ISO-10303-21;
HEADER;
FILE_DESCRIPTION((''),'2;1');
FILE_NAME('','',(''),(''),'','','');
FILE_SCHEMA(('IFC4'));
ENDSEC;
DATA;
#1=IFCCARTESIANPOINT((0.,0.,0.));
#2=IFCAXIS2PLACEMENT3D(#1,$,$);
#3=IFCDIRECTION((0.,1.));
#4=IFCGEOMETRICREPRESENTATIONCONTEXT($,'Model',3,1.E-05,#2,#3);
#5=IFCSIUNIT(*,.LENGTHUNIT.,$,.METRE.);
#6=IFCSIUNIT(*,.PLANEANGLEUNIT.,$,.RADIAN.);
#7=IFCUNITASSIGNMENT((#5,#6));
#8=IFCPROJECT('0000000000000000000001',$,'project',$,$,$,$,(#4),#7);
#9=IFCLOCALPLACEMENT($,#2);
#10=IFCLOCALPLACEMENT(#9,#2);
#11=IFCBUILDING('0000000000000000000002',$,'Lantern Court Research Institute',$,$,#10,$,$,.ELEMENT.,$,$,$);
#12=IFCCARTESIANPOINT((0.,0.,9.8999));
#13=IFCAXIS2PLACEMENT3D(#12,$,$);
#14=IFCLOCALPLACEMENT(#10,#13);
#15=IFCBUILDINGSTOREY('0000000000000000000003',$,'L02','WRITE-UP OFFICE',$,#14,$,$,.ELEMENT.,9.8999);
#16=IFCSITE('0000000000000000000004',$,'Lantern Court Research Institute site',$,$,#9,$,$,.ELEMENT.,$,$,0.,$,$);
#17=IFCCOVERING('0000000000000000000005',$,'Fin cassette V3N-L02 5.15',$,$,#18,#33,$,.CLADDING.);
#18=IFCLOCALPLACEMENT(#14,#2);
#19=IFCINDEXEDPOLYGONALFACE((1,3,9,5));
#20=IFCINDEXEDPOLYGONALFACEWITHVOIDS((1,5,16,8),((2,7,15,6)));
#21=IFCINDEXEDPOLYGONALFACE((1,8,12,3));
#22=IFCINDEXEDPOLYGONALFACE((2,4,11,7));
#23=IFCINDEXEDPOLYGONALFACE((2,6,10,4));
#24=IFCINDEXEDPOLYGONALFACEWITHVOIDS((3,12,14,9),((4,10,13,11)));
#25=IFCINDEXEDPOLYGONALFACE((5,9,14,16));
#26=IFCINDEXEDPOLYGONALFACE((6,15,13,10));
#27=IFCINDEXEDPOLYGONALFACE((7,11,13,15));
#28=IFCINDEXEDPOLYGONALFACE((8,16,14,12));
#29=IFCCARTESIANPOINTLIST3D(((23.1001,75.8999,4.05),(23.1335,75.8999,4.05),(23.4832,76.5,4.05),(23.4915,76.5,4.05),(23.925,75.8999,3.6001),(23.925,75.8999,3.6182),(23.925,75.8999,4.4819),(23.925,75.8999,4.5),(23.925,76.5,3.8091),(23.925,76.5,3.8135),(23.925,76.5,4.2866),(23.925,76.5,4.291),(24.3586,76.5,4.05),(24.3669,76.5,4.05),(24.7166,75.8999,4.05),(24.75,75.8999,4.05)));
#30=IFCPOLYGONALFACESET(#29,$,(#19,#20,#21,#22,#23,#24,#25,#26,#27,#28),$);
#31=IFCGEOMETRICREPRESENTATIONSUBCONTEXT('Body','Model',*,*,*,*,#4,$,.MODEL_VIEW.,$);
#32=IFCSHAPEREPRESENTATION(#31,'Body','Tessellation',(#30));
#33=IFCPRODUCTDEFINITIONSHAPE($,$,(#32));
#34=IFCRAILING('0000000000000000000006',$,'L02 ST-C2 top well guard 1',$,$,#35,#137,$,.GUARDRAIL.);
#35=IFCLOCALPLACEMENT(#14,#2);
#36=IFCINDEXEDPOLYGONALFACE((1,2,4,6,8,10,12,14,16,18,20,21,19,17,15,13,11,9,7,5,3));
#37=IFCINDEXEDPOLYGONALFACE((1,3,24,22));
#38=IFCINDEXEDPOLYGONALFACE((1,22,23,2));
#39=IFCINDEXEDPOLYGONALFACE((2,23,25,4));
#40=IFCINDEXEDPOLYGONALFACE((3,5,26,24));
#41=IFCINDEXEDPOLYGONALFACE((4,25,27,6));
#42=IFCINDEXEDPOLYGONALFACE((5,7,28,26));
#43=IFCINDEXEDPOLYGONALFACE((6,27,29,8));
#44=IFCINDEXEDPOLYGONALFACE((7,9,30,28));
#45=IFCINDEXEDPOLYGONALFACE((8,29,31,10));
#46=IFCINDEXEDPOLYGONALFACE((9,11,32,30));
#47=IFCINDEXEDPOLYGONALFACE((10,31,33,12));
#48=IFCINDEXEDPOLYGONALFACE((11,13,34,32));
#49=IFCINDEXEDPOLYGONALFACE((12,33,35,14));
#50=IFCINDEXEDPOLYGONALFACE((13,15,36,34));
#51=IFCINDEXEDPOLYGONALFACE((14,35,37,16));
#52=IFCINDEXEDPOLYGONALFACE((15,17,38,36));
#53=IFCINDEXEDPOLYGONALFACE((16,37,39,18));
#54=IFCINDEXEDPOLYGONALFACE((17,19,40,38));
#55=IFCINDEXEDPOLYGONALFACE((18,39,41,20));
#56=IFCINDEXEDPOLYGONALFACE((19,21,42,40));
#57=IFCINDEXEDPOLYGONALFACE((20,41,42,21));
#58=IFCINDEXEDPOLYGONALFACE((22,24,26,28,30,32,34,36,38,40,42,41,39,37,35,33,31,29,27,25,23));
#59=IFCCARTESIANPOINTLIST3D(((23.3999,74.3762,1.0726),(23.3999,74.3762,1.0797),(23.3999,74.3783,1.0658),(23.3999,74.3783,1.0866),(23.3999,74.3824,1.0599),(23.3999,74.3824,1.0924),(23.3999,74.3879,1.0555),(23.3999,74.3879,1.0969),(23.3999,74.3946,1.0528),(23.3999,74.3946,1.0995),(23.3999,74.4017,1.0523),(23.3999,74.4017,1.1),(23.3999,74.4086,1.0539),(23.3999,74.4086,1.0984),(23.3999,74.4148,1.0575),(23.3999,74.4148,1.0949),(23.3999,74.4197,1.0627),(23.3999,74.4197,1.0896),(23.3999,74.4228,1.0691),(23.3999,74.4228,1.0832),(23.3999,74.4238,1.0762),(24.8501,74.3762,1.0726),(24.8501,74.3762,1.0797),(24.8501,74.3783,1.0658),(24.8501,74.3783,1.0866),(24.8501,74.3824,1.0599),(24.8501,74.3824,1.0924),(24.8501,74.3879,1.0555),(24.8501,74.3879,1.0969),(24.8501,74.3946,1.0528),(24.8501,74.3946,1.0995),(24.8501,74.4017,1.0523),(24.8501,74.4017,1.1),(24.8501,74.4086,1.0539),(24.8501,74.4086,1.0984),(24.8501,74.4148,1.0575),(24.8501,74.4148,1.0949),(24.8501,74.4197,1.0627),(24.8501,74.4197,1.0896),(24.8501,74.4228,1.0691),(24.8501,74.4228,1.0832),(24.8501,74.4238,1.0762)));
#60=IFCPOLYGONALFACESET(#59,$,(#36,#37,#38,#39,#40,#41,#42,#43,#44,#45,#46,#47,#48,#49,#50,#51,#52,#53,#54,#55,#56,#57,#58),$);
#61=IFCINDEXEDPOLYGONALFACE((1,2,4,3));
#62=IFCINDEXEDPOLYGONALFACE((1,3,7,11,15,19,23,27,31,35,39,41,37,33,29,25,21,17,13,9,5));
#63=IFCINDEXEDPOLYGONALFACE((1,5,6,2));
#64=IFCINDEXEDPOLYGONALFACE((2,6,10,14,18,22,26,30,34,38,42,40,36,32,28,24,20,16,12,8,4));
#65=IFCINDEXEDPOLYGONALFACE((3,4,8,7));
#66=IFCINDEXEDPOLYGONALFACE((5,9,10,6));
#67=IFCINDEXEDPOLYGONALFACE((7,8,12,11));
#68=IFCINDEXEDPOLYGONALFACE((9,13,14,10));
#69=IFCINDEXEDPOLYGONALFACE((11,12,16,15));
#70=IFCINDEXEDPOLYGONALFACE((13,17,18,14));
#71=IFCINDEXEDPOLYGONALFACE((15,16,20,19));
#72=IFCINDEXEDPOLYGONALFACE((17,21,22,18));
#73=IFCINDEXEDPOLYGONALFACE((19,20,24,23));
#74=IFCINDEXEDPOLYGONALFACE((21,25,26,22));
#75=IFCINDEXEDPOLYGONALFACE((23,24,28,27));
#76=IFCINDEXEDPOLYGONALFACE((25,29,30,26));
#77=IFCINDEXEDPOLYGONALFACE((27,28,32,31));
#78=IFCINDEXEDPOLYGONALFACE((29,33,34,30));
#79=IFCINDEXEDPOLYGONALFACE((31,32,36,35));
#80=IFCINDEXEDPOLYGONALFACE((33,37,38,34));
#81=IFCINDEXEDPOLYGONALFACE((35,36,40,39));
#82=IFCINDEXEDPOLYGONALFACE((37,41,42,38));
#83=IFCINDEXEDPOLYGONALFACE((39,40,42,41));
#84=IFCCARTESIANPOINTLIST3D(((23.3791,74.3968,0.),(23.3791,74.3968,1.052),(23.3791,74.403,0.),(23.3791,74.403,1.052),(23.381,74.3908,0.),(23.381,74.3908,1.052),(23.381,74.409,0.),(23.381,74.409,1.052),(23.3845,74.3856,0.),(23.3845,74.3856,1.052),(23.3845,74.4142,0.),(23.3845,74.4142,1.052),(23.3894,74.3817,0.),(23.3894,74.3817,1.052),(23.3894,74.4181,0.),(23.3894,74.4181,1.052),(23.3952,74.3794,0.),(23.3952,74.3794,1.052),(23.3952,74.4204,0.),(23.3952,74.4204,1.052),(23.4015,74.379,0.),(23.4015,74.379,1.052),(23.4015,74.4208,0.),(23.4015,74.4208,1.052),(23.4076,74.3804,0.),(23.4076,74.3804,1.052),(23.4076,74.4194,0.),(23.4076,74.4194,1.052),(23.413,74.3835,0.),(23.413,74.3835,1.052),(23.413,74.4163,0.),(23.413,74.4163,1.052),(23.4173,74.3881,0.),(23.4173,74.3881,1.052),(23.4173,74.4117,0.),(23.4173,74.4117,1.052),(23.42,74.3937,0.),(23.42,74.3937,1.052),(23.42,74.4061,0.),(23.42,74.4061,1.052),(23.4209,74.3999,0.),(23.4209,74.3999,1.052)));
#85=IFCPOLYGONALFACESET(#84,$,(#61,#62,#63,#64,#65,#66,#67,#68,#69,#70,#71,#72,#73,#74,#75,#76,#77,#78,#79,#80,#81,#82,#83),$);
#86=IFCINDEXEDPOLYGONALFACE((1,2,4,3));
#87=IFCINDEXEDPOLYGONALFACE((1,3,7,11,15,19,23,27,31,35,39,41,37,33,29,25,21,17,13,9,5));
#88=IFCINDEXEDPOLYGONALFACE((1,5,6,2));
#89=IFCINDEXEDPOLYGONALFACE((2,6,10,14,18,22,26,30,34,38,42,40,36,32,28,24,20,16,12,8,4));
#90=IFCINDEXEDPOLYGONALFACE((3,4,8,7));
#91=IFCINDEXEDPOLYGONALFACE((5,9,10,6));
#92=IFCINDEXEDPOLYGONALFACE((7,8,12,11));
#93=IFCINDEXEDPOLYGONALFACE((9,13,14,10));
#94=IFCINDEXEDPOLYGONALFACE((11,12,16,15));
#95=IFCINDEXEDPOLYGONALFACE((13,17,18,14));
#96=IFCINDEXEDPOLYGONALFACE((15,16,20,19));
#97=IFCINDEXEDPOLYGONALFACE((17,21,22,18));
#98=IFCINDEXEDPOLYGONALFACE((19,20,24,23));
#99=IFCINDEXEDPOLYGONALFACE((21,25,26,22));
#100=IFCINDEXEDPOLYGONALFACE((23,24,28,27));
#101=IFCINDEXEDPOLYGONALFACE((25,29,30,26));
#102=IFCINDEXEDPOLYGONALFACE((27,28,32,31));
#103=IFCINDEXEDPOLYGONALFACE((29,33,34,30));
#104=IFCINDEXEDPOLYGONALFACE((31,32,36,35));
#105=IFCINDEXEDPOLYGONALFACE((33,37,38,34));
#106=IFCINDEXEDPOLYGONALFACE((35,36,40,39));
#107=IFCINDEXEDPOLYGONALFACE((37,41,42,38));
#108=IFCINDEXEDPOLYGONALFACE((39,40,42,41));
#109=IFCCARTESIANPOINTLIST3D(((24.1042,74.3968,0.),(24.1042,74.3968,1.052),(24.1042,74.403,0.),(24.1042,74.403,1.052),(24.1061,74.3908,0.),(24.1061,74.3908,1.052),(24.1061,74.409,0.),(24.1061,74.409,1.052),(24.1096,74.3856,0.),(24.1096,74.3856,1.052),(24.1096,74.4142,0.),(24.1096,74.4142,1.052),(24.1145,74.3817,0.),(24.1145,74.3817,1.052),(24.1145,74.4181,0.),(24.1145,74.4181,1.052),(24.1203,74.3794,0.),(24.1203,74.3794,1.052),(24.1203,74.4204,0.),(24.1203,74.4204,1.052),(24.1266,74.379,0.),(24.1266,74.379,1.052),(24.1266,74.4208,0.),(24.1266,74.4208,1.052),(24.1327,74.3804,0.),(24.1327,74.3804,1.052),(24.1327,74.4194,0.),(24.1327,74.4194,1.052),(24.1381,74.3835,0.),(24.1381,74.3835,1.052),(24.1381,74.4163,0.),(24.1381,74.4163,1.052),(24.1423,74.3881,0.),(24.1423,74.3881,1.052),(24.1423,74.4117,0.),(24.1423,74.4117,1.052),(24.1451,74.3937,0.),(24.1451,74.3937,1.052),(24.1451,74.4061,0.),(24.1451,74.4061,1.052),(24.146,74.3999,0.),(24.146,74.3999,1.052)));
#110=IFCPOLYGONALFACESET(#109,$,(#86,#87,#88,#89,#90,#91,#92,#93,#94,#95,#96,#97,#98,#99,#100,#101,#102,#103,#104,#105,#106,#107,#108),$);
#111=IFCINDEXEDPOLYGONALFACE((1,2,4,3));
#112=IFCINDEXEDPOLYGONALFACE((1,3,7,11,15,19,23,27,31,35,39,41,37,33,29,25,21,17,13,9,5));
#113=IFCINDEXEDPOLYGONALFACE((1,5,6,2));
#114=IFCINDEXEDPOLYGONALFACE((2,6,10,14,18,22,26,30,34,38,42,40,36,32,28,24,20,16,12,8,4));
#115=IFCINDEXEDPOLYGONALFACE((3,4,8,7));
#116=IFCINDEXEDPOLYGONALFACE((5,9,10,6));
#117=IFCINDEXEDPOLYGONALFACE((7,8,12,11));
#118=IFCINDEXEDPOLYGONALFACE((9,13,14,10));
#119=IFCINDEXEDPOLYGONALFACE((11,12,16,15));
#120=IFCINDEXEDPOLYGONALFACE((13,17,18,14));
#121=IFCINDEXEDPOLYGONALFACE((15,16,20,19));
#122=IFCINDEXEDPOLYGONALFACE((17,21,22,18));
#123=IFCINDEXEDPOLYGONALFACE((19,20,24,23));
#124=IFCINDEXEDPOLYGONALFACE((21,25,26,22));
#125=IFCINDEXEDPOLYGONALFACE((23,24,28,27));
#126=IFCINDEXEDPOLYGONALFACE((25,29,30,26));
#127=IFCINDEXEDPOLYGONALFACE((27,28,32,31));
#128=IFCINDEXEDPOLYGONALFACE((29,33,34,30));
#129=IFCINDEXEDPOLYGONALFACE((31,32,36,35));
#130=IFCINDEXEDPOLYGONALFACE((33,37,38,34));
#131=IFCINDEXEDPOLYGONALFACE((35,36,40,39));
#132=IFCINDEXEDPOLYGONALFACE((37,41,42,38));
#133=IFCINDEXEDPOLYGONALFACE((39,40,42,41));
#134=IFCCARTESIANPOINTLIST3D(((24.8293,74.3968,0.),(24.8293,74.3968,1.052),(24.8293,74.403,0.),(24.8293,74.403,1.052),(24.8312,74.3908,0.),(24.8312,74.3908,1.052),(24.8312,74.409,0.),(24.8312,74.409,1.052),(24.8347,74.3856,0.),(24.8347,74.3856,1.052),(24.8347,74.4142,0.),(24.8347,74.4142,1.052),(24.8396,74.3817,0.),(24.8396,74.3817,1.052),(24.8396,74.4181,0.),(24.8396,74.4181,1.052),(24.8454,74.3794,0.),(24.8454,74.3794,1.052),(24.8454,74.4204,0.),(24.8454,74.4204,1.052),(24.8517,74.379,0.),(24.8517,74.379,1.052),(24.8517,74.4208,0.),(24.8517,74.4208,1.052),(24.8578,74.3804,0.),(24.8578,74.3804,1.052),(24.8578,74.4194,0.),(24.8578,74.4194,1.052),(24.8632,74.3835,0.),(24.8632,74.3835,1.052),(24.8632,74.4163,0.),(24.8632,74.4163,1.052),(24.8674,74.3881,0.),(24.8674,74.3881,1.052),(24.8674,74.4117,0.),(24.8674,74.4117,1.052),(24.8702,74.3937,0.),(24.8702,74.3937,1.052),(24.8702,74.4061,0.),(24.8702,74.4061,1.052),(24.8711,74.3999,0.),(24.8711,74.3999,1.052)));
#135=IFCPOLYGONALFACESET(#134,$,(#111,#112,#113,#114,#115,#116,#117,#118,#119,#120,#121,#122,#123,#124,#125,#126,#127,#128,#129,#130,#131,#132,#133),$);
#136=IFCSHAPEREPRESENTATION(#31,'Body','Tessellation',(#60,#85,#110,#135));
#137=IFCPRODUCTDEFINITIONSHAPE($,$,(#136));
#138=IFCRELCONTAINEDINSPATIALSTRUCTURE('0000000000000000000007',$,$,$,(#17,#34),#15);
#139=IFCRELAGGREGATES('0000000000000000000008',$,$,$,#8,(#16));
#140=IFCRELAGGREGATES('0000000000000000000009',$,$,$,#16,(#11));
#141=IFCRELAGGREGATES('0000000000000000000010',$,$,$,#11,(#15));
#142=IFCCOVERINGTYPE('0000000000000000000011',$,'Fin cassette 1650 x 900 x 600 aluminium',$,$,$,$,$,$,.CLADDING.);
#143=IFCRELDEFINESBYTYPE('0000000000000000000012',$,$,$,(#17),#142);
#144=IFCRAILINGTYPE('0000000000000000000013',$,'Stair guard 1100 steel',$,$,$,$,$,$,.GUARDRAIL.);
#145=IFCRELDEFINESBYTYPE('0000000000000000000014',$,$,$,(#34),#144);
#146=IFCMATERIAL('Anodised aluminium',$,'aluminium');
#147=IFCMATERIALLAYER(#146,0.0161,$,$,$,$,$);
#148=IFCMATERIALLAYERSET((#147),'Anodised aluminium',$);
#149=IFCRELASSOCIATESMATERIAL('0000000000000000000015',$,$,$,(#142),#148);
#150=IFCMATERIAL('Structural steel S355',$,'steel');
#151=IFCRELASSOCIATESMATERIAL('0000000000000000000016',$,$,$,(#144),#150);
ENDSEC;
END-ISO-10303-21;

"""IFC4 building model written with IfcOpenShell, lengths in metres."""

from ifc_helpers import new_model, entity, si_unit, direction, frame, origin, origin_2d, place, context, subcontext, project, spatial, circle, extrude, material, layer, layer_set, type_object, element, save


model = new_model("IFC4")

# Units and contexts
model_context = context("Model", 3, precision=1e-05, world=origin(), true_north=direction((0.0, 1.0)))
body_context = subcontext(model_context, "Body", "Model", "MODEL_VIEW")
ifc_project = project(units=[si_unit("LENGTHUNIT", "METRE"), si_unit("PLANEANGLEUNIT", "RADIAN")], contexts=[model_context])

# Site, building, storey
site_placement = place(None, origin())
site = spatial("IfcSite", under=ifc_project, at=site_placement, Name="Lantern Court Research Institute site", CompositionType="ELEMENT", RefElevation=0.0)
building_placement = place(site_placement, origin())
building = spatial("IfcBuilding", under=site, at=building_placement, Name="Lantern Court Research Institute", CompositionType="ELEMENT")
storey_placement = place(building_placement, frame((0.0, 0.0, 9.8999)))
storey = spatial("IfcBuildingStorey", under=building, at=storey_placement, Name="L02", Description="WRITE-UP OFFICE", CompositionType="ELEMENT", Elevation=9.8999)

# Covering
ifc_material_1 = material(Name="Anodised aluminium", Category="aluminium")
ifc_layer_1 = layer(ifc_material_1, 0.0161)
ifc_layer_set_1 = layer_set([ifc_layer_1], Name="Anodised aluminium")
covering_type = type_object("IfcCoveringType", Name="Fin cassette 1650 x 900 x 600 aluminium", PredefinedType="CLADDING", material=ifc_layer_set_1)
covering_1_placement = place(storey_placement, frame((23.925, 75.8999, 4.05), z_axis=(0.0, 1.0, 0.0), x_axis=(-1.0, 0.0, 0.0)))
cartesian_point_1 = entity("IfcCartesianPoint", [0.825, 0.0])
cartesian_point_2 = entity("IfcCartesianPoint", [0.7915, 0.0])
cartesian_point_3 = entity("IfcCartesianPoint", [0.4419, 0.0])
cartesian_point_4 = entity("IfcCartesianPoint", [0.4336, 0.0])
element("IfcCovering", 1, at=covering_1_placement, inside=storey, type_object=covering_type, Name="Fin cassette V3N-L02 5.15", PredefinedType="CLADDING", context=body_context, shape_type="SweptSolid", body=[
    entity("IfcExtrudedAreaSolidTapered", entity("IfcArbitraryProfileDefWithVoids", "AREA", None, entity("IfcPolyline", [cartesian_point_1, entity("IfcCartesianPoint", [0.0, 0.45]), entity("IfcCartesianPoint", [-0.825, 0.0]), entity("IfcCartesianPoint", [0.0, -0.45]), cartesian_point_1]), [entity("IfcPolyline", [cartesian_point_2, entity("IfcCartesianPoint", [0.0, 0.4319]), entity("IfcCartesianPoint", [-0.7915, 0.0]), entity("IfcCartesianPoint", [0.0, -0.4319]), cartesian_point_2])]), entity("IfcAxis2Placement3D", entity("IfcCartesianPoint", [0.0, 0.0, 0.0])), entity("IfcDirection", [0.0, 0.0, 1.0]), 0.6001, entity("IfcArbitraryProfileDefWithVoids", "AREA", None, entity("IfcPolyline", [cartesian_point_3, entity("IfcCartesianPoint", [0.0, 0.241]), entity("IfcCartesianPoint", [-0.4419, 0.0]), entity("IfcCartesianPoint", [0.0, -0.241]), cartesian_point_3]), [entity("IfcPolyline", [cartesian_point_4, entity("IfcCartesianPoint", [0.0, 0.2366]), entity("IfcCartesianPoint", [-0.4336, 0.0]), entity("IfcCartesianPoint", [0.0, -0.2366]), cartesian_point_4])])),
])

# Railing
ifc_material_2 = material(Name="Structural steel S355", Category="steel")
railing_type = type_object("IfcRailingType", Name="Stair guard 1100 steel", PredefinedType="GUARDRAIL", material=ifc_material_2)
railing_placement = place(storey_placement, frame((23.3999, 74.3999, 0.0)))
element("IfcRailing", 2, at=railing_placement, inside=storey, type_object=railing_type, Name="L02 ST-C2 top well guard 1", PredefinedType="GUARDRAIL", context=body_context, shape_type="SweptSolid", body=[
    extrude(circle(Radius=0.0239, at=origin_2d()), frame((0.0, 0.0, 1.0762), z_axis=(1.0, 0.0, 0.0), x_axis=(0.0, 1.0, 0.0)), (0.0, 0.0, 1.0), 1.4502),
    extrude(circle(Radius=0.021, at=origin_2d()), origin(), (0.0, 0.0, 1.0), 1.052),
    extrude(circle(Radius=0.021, at=origin_2d()), frame((0.7251, 0.0, 0.0)), (0.0, 0.0, 1.0), 1.052),
    extrude(circle(Radius=0.021, at=origin_2d()), frame((1.4502, 0.0, 0.0)), (0.0, 0.0, 1.0), 1.052),
])

save(model, "model.ifc")
